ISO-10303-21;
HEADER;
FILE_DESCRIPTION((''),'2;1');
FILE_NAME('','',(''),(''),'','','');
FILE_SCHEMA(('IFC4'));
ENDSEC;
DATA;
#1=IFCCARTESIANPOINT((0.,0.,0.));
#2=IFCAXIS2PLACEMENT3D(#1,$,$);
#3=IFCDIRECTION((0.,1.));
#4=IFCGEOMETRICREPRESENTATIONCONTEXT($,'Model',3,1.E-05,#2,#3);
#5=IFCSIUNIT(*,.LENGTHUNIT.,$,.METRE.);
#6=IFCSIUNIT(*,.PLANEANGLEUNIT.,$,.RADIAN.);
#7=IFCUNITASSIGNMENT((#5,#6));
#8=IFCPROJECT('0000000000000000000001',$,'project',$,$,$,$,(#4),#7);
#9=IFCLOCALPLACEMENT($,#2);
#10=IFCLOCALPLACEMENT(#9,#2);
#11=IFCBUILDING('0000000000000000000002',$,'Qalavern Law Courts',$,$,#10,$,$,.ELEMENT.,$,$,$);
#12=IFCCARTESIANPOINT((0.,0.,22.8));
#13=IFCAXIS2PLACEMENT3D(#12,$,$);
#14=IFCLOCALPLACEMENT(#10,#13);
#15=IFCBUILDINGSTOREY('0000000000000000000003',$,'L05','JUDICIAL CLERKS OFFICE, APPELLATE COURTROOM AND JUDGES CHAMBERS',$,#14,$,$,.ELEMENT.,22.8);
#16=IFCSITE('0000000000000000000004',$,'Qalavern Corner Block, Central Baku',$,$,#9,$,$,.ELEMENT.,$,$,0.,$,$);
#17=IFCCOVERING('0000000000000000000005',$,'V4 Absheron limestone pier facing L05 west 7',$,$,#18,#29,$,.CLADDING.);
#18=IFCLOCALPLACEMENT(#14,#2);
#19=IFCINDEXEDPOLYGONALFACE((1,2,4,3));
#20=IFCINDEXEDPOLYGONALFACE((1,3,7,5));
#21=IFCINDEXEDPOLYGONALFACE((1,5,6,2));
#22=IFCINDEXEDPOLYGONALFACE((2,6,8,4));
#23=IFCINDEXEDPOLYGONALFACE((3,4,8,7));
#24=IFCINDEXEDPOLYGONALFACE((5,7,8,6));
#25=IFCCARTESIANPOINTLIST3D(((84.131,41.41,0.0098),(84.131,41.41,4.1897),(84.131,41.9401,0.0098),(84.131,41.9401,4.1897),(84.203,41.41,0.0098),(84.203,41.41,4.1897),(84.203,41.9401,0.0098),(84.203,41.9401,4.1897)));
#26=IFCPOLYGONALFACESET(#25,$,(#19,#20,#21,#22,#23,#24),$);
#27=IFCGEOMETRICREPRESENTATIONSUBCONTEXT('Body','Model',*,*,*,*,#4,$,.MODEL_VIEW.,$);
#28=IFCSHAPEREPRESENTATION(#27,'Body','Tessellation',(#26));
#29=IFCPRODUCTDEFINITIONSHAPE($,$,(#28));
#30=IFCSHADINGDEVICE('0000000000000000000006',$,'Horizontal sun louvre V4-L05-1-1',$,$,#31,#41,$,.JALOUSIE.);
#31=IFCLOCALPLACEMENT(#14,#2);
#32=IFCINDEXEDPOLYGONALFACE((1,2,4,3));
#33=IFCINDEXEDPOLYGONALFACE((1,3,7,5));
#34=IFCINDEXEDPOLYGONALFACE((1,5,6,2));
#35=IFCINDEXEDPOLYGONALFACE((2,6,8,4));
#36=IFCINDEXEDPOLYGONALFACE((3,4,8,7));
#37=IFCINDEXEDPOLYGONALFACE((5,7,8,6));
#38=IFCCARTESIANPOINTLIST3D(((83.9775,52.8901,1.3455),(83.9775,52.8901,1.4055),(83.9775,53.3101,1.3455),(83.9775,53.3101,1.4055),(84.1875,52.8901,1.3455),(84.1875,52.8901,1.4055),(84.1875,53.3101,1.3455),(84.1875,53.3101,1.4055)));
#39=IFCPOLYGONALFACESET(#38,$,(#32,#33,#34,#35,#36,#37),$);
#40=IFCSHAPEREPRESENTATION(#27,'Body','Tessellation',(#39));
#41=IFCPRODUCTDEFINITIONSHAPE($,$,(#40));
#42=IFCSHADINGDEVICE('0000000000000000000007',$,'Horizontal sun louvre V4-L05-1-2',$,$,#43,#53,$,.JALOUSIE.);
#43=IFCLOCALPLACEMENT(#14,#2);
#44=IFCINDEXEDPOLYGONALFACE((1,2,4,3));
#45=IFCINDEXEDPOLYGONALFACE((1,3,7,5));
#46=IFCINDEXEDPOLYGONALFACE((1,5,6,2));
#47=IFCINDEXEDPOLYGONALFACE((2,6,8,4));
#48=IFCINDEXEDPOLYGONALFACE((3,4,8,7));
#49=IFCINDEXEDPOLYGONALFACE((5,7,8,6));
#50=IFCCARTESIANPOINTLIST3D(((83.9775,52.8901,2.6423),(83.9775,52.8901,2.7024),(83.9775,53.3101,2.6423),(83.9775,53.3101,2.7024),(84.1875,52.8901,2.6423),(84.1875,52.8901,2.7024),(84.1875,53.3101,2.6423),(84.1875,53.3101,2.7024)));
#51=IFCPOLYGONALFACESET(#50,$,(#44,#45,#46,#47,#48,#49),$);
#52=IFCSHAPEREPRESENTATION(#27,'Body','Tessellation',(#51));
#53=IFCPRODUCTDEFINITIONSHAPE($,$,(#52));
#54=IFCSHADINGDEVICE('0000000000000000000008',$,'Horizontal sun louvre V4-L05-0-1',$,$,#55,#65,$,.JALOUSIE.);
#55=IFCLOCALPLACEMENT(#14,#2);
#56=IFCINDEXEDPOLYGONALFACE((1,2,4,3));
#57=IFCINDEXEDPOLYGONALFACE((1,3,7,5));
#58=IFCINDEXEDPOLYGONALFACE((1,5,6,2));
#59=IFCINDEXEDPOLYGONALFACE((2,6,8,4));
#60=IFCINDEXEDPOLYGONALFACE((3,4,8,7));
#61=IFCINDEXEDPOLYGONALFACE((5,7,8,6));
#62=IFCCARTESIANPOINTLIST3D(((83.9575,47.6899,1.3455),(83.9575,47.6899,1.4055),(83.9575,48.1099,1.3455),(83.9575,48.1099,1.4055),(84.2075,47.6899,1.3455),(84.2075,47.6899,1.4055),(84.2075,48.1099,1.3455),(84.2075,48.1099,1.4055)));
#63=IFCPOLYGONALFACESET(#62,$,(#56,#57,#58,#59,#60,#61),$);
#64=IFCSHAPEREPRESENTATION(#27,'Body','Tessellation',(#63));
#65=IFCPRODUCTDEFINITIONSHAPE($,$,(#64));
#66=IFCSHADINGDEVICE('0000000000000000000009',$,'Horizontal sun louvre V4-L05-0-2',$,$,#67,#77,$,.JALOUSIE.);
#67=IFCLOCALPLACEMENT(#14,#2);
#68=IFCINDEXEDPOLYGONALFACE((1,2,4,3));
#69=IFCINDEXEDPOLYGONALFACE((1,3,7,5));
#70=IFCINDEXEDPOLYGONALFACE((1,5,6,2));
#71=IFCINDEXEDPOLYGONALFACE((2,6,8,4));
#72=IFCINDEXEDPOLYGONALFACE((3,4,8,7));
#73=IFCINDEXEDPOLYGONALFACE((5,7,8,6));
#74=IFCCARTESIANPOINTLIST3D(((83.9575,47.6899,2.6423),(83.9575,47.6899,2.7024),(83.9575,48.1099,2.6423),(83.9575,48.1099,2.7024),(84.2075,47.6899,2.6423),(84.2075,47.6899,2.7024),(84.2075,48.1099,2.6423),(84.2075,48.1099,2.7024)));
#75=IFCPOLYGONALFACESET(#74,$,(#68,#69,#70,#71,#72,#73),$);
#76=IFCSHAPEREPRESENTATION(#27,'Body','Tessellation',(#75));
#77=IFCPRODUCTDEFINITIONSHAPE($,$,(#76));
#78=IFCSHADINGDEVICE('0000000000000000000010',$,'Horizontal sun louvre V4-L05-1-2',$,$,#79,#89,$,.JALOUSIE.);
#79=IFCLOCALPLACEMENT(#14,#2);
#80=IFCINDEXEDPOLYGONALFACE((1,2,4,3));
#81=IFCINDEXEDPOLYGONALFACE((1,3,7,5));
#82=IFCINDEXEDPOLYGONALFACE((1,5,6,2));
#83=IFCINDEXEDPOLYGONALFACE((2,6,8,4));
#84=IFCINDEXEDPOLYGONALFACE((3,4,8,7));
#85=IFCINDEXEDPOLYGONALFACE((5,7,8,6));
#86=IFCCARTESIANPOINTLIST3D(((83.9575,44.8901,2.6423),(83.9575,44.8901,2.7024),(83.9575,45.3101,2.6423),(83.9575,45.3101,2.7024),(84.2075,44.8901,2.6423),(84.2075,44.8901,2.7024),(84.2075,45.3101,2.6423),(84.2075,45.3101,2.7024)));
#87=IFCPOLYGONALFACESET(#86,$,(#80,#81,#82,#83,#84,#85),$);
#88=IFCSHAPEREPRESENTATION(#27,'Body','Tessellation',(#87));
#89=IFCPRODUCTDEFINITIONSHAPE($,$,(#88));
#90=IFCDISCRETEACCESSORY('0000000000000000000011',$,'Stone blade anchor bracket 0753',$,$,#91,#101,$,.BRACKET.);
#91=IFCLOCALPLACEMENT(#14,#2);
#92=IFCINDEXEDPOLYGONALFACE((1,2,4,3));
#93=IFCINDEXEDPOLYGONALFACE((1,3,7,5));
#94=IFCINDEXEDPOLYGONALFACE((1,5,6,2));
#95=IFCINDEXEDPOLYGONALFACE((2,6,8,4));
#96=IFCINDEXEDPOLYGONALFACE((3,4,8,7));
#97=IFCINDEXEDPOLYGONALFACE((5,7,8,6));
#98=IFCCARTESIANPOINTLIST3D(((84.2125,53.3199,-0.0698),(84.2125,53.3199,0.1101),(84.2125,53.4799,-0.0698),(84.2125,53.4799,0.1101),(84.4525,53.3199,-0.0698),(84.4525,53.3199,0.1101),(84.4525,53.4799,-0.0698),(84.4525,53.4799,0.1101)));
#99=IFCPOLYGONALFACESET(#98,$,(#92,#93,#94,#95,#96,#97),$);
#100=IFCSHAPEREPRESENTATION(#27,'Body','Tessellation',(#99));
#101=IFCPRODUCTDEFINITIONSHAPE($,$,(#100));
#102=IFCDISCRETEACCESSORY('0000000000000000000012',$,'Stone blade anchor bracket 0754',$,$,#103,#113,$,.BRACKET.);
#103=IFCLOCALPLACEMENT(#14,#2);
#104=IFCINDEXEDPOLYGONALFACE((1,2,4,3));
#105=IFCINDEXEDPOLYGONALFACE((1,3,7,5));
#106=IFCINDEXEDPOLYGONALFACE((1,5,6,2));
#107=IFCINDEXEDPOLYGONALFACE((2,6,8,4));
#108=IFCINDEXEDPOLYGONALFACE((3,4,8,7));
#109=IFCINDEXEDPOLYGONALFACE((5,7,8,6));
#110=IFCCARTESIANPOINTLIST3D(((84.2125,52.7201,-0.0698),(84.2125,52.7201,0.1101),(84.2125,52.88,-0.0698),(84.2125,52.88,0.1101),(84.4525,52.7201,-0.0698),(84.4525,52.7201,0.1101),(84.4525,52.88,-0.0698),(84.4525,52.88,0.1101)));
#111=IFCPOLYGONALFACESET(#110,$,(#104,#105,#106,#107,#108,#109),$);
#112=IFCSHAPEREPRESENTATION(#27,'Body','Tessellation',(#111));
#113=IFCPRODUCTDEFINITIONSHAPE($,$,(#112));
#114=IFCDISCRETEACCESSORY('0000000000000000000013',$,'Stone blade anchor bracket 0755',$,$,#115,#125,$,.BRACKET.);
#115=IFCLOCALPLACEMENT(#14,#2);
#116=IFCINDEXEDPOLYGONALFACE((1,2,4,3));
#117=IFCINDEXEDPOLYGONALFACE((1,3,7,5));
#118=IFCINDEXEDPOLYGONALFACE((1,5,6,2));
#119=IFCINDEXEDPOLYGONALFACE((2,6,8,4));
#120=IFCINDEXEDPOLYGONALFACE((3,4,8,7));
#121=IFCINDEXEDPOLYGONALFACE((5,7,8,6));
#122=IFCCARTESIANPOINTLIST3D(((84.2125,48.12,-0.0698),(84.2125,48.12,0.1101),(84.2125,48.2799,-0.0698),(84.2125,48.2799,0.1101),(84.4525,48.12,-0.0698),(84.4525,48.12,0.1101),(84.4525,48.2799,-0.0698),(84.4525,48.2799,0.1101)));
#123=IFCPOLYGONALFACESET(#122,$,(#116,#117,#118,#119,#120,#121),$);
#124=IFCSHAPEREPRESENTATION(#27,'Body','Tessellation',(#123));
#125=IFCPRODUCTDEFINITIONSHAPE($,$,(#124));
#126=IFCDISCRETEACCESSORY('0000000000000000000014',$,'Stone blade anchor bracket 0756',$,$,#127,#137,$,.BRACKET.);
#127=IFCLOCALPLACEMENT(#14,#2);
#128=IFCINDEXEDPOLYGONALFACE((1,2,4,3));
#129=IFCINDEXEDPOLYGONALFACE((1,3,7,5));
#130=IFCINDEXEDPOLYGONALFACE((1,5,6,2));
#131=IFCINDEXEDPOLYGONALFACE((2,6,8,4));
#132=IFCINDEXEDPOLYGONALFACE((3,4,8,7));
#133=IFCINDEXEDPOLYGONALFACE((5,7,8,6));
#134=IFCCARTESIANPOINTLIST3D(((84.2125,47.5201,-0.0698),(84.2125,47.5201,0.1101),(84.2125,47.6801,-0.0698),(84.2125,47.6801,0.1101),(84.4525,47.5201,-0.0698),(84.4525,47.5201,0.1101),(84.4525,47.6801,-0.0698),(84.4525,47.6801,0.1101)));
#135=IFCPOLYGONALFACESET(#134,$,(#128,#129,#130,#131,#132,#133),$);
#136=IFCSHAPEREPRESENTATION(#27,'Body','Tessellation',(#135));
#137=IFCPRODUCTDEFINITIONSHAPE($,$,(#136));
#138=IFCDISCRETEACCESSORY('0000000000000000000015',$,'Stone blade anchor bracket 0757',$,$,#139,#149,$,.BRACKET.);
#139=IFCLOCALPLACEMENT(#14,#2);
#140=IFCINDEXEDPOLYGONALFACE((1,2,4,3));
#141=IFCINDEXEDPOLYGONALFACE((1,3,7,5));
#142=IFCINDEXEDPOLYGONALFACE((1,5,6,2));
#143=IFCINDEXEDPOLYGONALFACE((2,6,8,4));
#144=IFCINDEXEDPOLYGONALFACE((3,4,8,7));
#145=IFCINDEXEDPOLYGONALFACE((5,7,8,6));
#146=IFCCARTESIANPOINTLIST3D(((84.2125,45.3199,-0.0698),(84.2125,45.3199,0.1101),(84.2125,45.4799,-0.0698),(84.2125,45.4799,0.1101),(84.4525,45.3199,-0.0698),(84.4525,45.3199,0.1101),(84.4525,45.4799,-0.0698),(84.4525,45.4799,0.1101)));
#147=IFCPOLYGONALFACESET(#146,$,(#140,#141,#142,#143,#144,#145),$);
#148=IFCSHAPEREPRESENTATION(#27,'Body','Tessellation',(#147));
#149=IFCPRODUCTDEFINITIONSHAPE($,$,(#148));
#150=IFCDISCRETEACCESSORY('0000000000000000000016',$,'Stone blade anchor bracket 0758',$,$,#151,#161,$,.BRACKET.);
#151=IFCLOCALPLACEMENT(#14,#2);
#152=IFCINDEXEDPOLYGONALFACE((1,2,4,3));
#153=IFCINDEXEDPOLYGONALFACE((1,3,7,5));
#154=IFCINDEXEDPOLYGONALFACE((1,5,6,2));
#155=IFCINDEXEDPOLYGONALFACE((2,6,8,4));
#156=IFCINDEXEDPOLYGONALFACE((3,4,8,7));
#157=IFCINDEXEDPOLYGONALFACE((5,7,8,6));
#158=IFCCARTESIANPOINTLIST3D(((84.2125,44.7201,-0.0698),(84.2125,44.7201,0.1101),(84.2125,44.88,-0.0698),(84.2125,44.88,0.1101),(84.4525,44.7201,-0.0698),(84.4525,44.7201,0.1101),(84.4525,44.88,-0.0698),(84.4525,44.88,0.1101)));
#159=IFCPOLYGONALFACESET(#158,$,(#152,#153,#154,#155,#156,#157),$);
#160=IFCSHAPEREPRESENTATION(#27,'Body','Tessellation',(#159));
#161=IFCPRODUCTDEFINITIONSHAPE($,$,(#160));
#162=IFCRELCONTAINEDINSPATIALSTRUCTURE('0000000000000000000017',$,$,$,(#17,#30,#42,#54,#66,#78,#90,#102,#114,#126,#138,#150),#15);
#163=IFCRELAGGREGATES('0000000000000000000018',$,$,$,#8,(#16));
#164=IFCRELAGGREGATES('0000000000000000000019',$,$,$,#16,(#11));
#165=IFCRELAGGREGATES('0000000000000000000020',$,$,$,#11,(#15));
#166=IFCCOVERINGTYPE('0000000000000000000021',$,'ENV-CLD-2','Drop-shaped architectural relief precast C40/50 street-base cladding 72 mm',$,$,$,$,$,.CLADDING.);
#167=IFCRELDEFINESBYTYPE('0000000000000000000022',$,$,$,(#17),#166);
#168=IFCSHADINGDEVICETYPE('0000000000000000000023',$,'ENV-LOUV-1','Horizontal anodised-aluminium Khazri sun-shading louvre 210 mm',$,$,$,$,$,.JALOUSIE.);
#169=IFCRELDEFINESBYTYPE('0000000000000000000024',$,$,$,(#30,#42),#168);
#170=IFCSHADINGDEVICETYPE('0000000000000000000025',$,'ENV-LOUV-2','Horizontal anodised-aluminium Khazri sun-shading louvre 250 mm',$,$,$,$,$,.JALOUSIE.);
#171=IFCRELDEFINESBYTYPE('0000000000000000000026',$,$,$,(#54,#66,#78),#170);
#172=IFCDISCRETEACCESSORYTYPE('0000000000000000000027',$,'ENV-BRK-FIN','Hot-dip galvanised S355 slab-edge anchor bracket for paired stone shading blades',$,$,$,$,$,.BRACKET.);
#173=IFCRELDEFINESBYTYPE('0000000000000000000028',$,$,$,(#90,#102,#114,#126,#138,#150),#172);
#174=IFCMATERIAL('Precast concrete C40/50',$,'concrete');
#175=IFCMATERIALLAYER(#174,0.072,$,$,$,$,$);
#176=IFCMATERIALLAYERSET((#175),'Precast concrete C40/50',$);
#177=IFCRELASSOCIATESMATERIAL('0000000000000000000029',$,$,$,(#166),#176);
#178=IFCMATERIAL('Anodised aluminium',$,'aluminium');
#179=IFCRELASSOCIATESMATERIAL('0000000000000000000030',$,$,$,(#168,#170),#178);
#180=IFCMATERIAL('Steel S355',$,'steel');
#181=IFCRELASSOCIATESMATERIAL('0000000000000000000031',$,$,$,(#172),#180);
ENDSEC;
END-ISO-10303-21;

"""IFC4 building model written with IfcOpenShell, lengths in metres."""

from ifc_helpers import new_model, si_unit, direction, frame, origin, origin_2d, place, context, subcontext, project, spatial, rectangle, extrude, material, layer, layer_set, type_object, element, save


model = new_model("IFC4")

# Units and contexts
model_context = context("Model", 3, precision=1e-05, world=origin(), true_north=direction((0.0, 1.0)))
body_context = subcontext(model_context, "Body", "Model", "MODEL_VIEW")
ifc_project = project(units=[si_unit("LENGTHUNIT", "METRE"), si_unit("PLANEANGLEUNIT", "RADIAN")], contexts=[model_context])

# Site, building, storey
site_placement = place(None, origin())
site = spatial("IfcSite", under=ifc_project, at=site_placement, Name="Qalavern Corner Block, Central Baku", CompositionType="ELEMENT", RefElevation=0.0)
building_placement = place(site_placement, origin())
building = spatial("IfcBuilding", under=site, at=building_placement, Name="Qalavern Law Courts", CompositionType="ELEMENT")
storey_placement = place(building_placement, frame((0.0, 0.0, 22.8)))
storey = spatial("IfcBuildingStorey", under=building, at=storey_placement, Name="L05", Description="JUDICIAL CLERKS OFFICE, APPELLATE COURTROOM AND JUDGES CHAMBERS", CompositionType="ELEMENT", Elevation=22.8)

# Shared definitions
ifc_material_1 = material(Name="Anodised aluminium", Category="aluminium")

# Covering
ifc_material_2 = material(Name="Precast concrete C40/50", Category="concrete")
ifc_layer_1 = layer(ifc_material_2, 0.072)
ifc_layer_set_1 = layer_set([ifc_layer_1], Name="Precast concrete C40/50")
covering_type_1 = type_object("IfcCoveringType", Name="ENV-CLD-2", Description="Drop-shaped architectural relief precast C40/50 street-base cladding 72 mm", PredefinedType="CLADDING", material=ifc_layer_set_1)
covering_1_placement = place(storey_placement, frame((84.167, 41.675, 0.0098), z_axis=(0.0, 0.0, 1.0), x_axis=(0.0, -1.0, 0.0)))
element("IfcCovering", 1, at=covering_1_placement, inside=storey, type_object=covering_type_1, Name="V4 Absheron limestone pier facing L05 west 7", PredefinedType="CLADDING", context=body_context, shape_type="SweptSolid", body=[
    extrude(rectangle(XDim=0.53, YDim=0.072, at=origin_2d()), origin(), (0.0, 0.0, 1.0), 4.1799),
])

# Shading devices
shading_device_type_1 = type_object("IfcShadingDeviceType", Name="ENV-LOUV-1", Description="Horizontal anodised-aluminium Khazri sun-shading louvre 210 mm", PredefinedType="JALOUSIE", material=ifc_material_1)
for number, where, z_axis, x_axis, name in (
    (2, (84.0825, 53.1001, 1.3455), (0.0, 0.0, 1.0), (0.0, -1.0, 0.0), "Horizontal sun louvre V4-L05-1-1"),
    (3, (84.0825, 53.1001, 2.6423), (0.0, 0.0, 1.0), (0.0, -1.0, 0.0), "Horizontal sun louvre V4-L05-1-2"),
):
    element("IfcShadingDevice", number, at=place(storey_placement, frame(where, z_axis=z_axis, x_axis=x_axis)), inside=storey, type_object=shading_device_type_1, Name=name, PredefinedType="JALOUSIE", context=body_context, shape_type="SweptSolid", body=[
        extrude(rectangle(XDim=0.4199, YDim=0.21, at=origin_2d()), origin(), (0.0, 0.0, 1.0), 0.0601),
    ])
shading_device_type_2 = type_object("IfcShadingDeviceType", Name="ENV-LOUV-2", Description="Horizontal anodised-aluminium Khazri sun-shading louvre 250 mm", PredefinedType="JALOUSIE", material=ifc_material_1)
for number, where, z_axis, x_axis, name in (
    (4, (84.0825, 47.8999, 1.3455), (0.0, 0.0, 1.0), (0.0, -1.0, 0.0), "Horizontal sun louvre V4-L05-0-1"),
    (5, (84.0825, 47.8999, 2.6423), (0.0, 0.0, 1.0), (0.0, -1.0, 0.0), "Horizontal sun louvre V4-L05-0-2"),
    (6, (84.0825, 45.1001, 2.6423), (0.0, 0.0, 1.0), (0.0, -1.0, 0.0), "Horizontal sun louvre V4-L05-1-2"),
):
    element("IfcShadingDevice", number, at=place(storey_placement, frame(where, z_axis=z_axis, x_axis=x_axis)), inside=storey, type_object=shading_device_type_2, Name=name, PredefinedType="JALOUSIE", context=body_context, shape_type="SweptSolid", body=[
        extrude(rectangle(XDim=0.4199, YDim=0.25, at=origin_2d()), origin(), (0.0, 0.0, 1.0), 0.0601),
    ])

# Discrete accessories
ifc_material_3 = material(Name="Steel S355", Category="steel")
discrete_accessory_type = type_object("IfcDiscreteAccessoryType", Name="ENV-BRK-FIN", Description="Hot-dip galvanised S355 slab-edge anchor bracket for paired stone shading blades", PredefinedType="BRACKET", material=ifc_material_3)
for number, where, z_axis, x_axis, name in (
    (7, (84.3325, 53.3999, -0.0698), (0.0, 0.0, 1.0), (-1.0, 0.0, 0.0), "Stone blade anchor bracket 0753"),
    (8, (84.3325, 52.8, -0.0698), (0.0, 0.0, 1.0), (-1.0, 0.0, 0.0), "Stone blade anchor bracket 0754"),
    (9, (84.3325, 48.2, -0.0698), (0.0, 0.0, 1.0), (-1.0, 0.0, 0.0), "Stone blade anchor bracket 0755"),
    (10, (84.3325, 47.6001, -0.0698), (0.0, 0.0, 1.0), (-1.0, 0.0, 0.0), "Stone blade anchor bracket 0756"),
    (11, (84.3325, 45.3999, -0.0698), (0.0, 0.0, 1.0), (-1.0, 0.0, 0.0), "Stone blade anchor bracket 0757"),
    (12, (84.3325, 44.8, -0.0698), (0.0, 0.0, 1.0), (-1.0, 0.0, 0.0), "Stone blade anchor bracket 0758"),
):
    element("IfcDiscreteAccessory", number, at=place(storey_placement, frame(where, z_axis=z_axis, x_axis=x_axis)), inside=storey, type_object=discrete_accessory_type, Name=name, PredefinedType="BRACKET", context=body_context, shape_type="SweptSolid", body=[
        extrude(rectangle(XDim=0.24, YDim=0.1599, at=origin_2d()), origin(), (0.0, 0.0, 1.0), 0.1799),
    ])

save(model, "model.ifc")
